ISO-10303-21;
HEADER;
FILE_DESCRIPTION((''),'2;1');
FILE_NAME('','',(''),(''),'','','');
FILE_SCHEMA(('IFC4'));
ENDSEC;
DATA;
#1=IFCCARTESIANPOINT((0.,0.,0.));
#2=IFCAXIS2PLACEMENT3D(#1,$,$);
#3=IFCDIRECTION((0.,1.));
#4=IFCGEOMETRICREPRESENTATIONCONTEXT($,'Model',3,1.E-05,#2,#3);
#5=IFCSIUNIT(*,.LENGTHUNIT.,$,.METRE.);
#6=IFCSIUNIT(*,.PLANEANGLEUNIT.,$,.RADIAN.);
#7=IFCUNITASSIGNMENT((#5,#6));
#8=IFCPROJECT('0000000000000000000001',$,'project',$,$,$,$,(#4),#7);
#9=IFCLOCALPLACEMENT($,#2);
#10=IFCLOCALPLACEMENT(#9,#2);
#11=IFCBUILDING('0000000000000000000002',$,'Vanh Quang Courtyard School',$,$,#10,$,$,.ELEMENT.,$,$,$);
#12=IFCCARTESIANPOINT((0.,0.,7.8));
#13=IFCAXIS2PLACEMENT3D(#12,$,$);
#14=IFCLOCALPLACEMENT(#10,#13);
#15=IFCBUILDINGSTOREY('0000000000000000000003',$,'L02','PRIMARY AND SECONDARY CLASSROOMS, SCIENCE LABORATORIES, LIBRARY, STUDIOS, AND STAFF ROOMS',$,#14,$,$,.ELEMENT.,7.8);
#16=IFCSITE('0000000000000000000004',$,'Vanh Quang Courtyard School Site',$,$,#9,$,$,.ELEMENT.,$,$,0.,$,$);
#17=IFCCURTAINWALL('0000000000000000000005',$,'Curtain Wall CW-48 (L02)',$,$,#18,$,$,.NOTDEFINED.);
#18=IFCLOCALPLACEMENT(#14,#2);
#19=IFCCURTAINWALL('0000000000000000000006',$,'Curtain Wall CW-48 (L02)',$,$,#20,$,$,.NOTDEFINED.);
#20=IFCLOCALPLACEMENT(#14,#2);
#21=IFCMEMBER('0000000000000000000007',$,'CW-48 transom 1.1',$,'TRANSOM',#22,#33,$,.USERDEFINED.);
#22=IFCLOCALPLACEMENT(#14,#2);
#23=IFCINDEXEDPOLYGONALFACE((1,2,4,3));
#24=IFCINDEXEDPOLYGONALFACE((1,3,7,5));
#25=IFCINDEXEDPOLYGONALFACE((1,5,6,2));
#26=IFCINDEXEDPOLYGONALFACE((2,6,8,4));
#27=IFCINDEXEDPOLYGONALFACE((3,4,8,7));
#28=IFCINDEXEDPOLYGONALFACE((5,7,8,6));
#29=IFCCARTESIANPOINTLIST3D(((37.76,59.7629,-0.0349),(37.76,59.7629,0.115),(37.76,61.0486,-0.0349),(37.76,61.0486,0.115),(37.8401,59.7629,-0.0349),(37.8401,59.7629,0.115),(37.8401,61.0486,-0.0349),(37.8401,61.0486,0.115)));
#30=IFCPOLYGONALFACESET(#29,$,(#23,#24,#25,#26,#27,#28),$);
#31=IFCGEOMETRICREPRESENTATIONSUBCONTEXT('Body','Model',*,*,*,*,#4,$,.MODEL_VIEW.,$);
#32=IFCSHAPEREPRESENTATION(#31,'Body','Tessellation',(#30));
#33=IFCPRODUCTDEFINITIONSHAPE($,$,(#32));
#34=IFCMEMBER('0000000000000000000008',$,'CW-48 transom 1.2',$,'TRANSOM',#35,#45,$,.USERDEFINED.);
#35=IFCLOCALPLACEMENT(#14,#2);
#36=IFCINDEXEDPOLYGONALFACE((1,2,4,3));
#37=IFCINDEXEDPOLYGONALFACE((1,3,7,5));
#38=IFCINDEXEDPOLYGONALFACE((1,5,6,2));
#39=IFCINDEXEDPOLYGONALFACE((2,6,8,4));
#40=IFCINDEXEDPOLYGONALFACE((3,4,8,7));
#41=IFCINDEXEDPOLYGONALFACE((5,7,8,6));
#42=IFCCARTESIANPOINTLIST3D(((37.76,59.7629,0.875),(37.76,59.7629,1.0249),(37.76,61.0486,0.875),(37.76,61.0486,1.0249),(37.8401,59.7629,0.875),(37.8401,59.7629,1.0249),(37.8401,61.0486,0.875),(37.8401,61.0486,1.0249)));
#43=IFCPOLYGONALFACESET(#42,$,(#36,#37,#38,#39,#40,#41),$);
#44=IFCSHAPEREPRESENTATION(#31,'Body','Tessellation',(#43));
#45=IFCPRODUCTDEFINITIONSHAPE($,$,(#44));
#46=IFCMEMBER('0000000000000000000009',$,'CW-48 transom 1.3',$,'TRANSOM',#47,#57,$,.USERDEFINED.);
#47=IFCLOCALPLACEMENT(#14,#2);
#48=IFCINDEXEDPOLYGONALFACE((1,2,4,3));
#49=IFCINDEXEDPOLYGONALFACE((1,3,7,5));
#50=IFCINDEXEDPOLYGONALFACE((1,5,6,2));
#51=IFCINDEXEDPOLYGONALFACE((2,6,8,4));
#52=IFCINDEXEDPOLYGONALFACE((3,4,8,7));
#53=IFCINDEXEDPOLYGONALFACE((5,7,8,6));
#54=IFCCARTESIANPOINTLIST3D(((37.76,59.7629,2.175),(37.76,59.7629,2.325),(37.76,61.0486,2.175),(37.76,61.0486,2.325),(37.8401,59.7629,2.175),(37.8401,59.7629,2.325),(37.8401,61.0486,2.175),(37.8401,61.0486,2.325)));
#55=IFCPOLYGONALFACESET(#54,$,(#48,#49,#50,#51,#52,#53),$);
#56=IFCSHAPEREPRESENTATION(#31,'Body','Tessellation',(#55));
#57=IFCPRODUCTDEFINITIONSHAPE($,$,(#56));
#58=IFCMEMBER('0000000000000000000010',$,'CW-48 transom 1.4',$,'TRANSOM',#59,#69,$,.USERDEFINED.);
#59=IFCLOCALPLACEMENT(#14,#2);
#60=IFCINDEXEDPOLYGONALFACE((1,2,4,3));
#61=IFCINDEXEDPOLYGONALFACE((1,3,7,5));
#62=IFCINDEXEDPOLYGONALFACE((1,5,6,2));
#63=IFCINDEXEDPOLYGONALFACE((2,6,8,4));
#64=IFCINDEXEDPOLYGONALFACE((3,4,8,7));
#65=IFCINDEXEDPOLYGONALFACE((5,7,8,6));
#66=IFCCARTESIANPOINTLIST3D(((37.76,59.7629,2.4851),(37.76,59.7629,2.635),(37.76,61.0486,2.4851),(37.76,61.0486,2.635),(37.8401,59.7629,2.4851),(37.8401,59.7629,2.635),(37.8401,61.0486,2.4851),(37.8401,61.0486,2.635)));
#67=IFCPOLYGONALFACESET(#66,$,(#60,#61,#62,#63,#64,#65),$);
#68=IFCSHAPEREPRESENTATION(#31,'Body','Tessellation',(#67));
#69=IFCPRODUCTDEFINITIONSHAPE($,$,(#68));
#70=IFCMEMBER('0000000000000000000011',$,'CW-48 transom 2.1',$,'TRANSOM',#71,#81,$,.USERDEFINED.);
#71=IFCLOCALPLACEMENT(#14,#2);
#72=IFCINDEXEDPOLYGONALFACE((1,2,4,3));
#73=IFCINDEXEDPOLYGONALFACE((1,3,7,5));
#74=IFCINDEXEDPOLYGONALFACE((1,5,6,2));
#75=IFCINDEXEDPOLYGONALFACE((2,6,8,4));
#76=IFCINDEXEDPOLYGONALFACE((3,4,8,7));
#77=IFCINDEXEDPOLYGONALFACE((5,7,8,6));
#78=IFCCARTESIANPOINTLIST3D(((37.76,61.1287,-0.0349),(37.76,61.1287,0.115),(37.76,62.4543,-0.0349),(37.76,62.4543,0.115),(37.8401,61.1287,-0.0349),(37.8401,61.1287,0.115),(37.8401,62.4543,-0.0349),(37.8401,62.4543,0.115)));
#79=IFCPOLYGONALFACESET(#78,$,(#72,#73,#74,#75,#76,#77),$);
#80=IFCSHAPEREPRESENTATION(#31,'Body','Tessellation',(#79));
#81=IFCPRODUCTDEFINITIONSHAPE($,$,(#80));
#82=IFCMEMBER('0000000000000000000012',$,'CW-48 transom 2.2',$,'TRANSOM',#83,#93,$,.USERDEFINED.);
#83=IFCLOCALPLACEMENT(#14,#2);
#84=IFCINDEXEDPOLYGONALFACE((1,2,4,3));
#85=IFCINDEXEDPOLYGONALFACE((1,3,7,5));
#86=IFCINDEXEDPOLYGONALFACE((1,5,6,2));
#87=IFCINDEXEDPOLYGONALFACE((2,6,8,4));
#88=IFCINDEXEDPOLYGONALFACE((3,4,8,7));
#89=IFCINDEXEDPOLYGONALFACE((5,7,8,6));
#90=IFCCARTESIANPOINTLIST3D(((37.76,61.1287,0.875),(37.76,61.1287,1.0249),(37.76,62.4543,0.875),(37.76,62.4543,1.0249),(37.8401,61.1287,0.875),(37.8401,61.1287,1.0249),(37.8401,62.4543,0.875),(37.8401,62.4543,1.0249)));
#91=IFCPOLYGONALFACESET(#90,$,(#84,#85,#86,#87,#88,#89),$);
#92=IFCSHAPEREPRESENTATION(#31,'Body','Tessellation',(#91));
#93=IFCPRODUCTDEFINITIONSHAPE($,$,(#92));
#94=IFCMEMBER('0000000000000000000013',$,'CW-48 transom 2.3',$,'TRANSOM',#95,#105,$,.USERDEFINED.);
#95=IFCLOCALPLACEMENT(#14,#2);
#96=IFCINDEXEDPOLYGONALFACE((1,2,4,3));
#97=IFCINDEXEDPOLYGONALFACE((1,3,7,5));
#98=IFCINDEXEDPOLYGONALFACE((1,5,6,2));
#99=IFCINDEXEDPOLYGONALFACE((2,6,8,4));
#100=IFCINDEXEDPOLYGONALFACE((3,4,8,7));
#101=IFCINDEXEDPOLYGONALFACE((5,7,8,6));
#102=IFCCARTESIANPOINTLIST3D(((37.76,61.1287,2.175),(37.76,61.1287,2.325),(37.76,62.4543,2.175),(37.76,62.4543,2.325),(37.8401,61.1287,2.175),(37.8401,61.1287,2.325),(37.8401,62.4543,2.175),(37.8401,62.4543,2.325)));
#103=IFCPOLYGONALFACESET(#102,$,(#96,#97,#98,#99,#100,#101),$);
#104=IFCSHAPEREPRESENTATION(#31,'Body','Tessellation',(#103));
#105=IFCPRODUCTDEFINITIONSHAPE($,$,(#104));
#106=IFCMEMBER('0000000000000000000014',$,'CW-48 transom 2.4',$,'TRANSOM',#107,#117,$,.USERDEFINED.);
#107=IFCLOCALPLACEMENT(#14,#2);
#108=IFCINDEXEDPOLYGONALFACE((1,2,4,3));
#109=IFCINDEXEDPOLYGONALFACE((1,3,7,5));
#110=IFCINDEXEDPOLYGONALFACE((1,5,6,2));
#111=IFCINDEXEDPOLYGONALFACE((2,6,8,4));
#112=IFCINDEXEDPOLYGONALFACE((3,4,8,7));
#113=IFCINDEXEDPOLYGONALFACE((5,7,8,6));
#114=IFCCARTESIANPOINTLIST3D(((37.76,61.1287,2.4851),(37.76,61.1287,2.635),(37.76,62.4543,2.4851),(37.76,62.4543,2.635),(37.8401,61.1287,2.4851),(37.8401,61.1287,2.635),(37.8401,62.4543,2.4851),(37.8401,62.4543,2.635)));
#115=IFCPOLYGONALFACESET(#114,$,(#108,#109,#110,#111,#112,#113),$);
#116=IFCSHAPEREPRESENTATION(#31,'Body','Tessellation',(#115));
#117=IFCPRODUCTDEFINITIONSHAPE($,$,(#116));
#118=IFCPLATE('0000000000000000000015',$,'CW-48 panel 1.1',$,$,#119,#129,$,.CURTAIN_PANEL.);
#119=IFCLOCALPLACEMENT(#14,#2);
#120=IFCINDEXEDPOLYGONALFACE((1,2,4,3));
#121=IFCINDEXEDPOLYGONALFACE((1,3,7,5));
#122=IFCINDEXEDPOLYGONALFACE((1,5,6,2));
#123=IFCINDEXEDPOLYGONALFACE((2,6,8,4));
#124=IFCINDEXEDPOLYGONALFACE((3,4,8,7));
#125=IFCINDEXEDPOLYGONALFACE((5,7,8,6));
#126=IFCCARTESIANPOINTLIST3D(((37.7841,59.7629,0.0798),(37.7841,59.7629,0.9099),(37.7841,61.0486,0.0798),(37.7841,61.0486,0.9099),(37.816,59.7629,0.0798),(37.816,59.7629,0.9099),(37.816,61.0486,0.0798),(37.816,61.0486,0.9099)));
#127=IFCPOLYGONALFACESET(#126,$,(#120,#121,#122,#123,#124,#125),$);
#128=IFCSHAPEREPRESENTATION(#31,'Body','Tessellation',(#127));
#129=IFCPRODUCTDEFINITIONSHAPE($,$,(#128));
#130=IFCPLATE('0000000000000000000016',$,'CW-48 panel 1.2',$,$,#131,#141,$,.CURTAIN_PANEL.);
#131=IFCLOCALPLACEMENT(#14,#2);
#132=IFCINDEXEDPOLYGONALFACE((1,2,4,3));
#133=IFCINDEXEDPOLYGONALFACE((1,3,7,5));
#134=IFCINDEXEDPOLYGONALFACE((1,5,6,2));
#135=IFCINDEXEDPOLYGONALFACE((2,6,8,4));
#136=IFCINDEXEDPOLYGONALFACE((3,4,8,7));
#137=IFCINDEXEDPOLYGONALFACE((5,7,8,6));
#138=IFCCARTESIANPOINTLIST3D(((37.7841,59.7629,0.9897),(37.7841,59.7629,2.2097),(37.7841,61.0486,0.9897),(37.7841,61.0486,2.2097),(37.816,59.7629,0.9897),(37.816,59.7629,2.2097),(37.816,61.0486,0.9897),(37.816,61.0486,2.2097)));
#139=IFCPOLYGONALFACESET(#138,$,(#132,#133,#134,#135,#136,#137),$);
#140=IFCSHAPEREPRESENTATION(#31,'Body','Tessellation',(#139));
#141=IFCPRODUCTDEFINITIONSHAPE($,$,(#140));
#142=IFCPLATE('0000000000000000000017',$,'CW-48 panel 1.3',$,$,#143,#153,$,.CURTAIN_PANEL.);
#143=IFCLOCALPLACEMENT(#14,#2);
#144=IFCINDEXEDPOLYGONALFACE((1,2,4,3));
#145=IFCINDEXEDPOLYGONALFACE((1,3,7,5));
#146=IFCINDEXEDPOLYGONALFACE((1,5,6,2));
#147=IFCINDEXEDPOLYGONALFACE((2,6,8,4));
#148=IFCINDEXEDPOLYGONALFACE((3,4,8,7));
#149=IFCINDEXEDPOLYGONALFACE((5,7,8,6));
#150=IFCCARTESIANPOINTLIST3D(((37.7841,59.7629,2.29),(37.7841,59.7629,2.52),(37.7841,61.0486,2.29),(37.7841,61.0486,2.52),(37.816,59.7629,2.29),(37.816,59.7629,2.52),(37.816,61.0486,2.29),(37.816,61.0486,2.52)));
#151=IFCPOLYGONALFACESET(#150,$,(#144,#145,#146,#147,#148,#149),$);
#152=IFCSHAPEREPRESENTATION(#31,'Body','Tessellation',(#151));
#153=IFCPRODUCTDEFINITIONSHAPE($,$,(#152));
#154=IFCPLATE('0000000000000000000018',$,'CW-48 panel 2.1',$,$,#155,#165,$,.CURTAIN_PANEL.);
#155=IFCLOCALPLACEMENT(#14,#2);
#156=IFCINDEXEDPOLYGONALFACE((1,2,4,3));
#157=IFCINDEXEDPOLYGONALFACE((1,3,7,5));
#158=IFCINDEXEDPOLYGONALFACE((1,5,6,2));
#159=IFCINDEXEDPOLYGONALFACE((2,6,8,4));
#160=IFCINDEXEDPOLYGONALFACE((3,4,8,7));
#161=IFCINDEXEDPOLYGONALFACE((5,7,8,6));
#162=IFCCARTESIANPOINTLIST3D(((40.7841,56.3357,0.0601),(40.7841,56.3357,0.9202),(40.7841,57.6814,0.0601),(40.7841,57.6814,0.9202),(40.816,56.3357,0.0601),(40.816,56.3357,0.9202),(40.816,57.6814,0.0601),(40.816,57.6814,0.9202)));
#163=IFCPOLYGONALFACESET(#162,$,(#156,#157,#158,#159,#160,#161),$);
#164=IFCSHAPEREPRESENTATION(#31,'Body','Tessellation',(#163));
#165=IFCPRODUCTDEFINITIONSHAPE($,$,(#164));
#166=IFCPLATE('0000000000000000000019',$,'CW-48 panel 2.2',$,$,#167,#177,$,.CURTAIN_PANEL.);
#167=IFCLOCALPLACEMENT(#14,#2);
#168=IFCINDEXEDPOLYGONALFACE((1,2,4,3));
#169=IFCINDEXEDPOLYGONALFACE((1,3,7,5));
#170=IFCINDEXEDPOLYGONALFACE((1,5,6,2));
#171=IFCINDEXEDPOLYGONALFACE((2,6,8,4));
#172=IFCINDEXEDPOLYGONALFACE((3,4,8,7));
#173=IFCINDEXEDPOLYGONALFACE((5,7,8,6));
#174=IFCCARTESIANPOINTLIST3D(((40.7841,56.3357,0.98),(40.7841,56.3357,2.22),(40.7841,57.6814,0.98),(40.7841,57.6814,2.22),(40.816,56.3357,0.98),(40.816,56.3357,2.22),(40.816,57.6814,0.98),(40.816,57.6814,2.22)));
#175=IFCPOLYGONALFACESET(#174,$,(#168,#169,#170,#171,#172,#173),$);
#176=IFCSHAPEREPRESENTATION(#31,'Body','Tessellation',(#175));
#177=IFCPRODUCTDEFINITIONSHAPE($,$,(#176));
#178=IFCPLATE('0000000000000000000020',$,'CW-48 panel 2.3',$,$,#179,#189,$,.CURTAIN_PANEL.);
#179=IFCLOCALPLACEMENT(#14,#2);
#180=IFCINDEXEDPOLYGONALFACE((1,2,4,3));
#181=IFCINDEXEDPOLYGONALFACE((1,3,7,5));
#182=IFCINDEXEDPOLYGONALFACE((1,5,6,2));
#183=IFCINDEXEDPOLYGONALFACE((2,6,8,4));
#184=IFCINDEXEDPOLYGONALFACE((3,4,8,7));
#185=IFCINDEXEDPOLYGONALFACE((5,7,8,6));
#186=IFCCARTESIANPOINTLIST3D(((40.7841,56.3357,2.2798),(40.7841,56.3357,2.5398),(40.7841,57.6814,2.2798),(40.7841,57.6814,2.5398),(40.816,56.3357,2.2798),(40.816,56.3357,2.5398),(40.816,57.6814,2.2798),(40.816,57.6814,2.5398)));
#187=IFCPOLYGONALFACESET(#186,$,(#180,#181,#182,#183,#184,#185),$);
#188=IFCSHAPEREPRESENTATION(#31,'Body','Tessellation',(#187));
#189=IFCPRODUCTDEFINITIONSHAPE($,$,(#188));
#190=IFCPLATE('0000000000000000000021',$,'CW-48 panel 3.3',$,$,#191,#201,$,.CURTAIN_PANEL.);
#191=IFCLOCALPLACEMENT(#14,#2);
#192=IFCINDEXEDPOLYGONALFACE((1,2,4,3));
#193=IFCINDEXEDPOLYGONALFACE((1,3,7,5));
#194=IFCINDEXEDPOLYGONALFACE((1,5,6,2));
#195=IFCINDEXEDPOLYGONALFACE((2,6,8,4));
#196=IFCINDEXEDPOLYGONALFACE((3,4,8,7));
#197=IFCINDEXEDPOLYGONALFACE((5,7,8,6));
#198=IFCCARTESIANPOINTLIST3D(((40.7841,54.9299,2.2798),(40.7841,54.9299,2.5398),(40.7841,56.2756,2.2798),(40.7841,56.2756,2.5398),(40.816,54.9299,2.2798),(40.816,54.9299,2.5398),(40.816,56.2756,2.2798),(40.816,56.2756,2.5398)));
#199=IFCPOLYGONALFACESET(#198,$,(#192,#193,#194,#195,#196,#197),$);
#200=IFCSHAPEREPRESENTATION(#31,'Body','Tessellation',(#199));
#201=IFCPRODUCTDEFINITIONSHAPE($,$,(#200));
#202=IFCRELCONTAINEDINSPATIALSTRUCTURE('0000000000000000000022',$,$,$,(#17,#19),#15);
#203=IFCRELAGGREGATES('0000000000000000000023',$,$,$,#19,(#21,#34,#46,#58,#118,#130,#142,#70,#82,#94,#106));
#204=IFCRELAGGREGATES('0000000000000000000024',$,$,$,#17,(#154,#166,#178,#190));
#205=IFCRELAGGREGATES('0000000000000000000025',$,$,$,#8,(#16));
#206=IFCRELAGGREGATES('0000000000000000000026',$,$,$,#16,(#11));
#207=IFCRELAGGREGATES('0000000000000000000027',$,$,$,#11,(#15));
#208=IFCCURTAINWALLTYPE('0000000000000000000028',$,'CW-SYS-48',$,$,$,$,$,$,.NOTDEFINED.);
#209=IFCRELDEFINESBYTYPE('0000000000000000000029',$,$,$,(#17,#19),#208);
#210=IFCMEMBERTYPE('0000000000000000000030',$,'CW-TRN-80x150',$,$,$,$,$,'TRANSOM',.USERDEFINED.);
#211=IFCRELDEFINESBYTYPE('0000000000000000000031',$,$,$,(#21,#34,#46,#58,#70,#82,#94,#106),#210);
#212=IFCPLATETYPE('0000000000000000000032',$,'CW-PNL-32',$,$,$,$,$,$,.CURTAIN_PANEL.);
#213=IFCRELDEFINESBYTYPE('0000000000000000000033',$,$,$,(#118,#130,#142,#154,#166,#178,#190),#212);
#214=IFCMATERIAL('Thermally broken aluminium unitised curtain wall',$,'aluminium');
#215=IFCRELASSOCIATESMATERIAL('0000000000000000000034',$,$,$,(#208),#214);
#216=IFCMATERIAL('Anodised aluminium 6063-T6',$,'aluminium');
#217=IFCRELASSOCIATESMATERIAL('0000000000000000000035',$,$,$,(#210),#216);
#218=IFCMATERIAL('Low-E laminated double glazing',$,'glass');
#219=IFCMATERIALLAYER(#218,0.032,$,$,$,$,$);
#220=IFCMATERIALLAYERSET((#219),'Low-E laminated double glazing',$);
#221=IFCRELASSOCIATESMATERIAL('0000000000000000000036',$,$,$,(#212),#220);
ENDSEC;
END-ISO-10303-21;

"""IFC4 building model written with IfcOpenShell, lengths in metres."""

from ifc_helpers import new_model, si_unit, direction, frame, origin, origin_2d, place, context, subcontext, project, spatial, rectangle, extrude, material, layer, layer_set, material_profile, profile_set, type_object, element, aggregate, save


model = new_model("IFC4")

# Units and contexts
model_context = context("Model", 3, precision=1e-05, world=origin(), true_north=direction((0.0, 1.0)))
body_context = subcontext(model_context, "Body", "Model", "MODEL_VIEW")
ifc_project = project(units=[si_unit("LENGTHUNIT", "METRE"), si_unit("PLANEANGLEUNIT", "RADIAN")], contexts=[model_context])

# Site, building, storey
site_placement = place(None, origin())
site = spatial("IfcSite", under=ifc_project, at=site_placement, Name="Vanh Quang Courtyard School Site", CompositionType="ELEMENT", RefElevation=0.0)
building_placement = place(site_placement, origin())
building = spatial("IfcBuilding", under=site, at=building_placement, Name="Vanh Quang Courtyard School", CompositionType="ELEMENT")
storey_placement = place(building_placement, frame((0.0, 0.0, 7.8)))
storey = spatial("IfcBuildingStorey", under=building, at=storey_placement, Name="L02", Description="PRIMARY AND SECONDARY CLASSROOMS, SCIENCE LABORATORIES, LIBRARY, STUDIOS, AND STAFF ROOMS", CompositionType="ELEMENT", Elevation=7.8)

# Curtain wall
ifc_material_1 = material(Name="Thermally broken aluminium unitised curtain wall", Category="aluminium")
curtain_wall_type = type_object("IfcCurtainWallType", Name="CW-SYS-48", PredefinedType="NOTDEFINED", material=ifc_material_1)
curtain_wall_1_placement = place(storey_placement, origin())
curtain_wall_1 = element("IfcCurtainWall", 1, at=curtain_wall_1_placement, inside=storey, type_object=curtain_wall_type, Name="Curtain Wall CW-48 (L02)", PredefinedType="NOTDEFINED")
ifc_material_2 = material(Name="Anodised aluminium 6063-T6", Category="aluminium")

# Curtain wall
curtain_wall_2_placement = place(storey_placement, origin())
curtain_wall_2 = element("IfcCurtainWall", 2, at=curtain_wall_2_placement, inside=storey, type_object=curtain_wall_type, Name="Curtain Wall CW-48 (L02)", PredefinedType="NOTDEFINED")

# Members
ifc_material_profile_1 = material_profile(ifc_material_2, rectangle(XDim=0.0801, YDim=0.1499, at=origin_2d()), Name="ALU-TRN 80x150")
ifc_profile_set_1 = profile_set([ifc_material_profile_1], Name="Anodised aluminium 6063-T6")
member_type_1 = type_object("IfcMemberType", Name="CW-TRN-80x150", ElementType="TRANSOM", PredefinedType="USERDEFINED", material=ifc_profile_set_1)
member_1_placement = place(storey_placement, frame((37.8, 59.7629, 0.04), z_axis=(0.0, 1.0, 0.0), x_axis=(-1.0, 0.0, 0.0)))
member_1 = element("IfcMember", 3, at=member_1_placement, type_object=member_type_1, Name="CW-48 transom 1.1", ObjectType="TRANSOM", PredefinedType="USERDEFINED", context=body_context, shape_type="SweptSolid", body=[
    extrude(rectangle(XDim=0.0801, YDim=0.1499, at=origin_2d()), origin(), (0.0, 0.0, 1.0), 1.2856),
])
member_2_placement = place(storey_placement, frame((37.8, 59.7629, 0.95), z_axis=(0.0, 1.0, 0.0), x_axis=(-1.0, 0.0, 0.0)))
member_2 = element("IfcMember", 4, at=member_2_placement, type_object=member_type_1, Name="CW-48 transom 1.2", ObjectType="TRANSOM", PredefinedType="USERDEFINED", context=body_context, shape_type="SweptSolid", body=[
    extrude(rectangle(XDim=0.0801, YDim=0.1499, at=origin_2d()), origin(), (0.0, 0.0, 1.0), 1.2856),
])
member_3_placement = place(storey_placement, frame((37.8, 59.7629, 2.25), z_axis=(0.0, 1.0, 0.0), x_axis=(-1.0, 0.0, 0.0)))
member_3 = element("IfcMember", 5, at=member_3_placement, type_object=member_type_1, Name="CW-48 transom 1.3", ObjectType="TRANSOM", PredefinedType="USERDEFINED", context=body_context, shape_type="SweptSolid", body=[
    extrude(rectangle(XDim=0.0801, YDim=0.1499, at=origin_2d()), origin(), (0.0, 0.0, 1.0), 1.2856),
])
member_4_placement = place(storey_placement, frame((37.8, 59.7629, 2.5601), z_axis=(0.0, 1.0, 0.0), x_axis=(-1.0, 0.0, 0.0)))
member_4 = element("IfcMember", 6, at=member_4_placement, type_object=member_type_1, Name="CW-48 transom 1.4", ObjectType="TRANSOM", PredefinedType="USERDEFINED", context=body_context, shape_type="SweptSolid", body=[
    extrude(rectangle(XDim=0.0801, YDim=0.1499, at=origin_2d()), origin(), (0.0, 0.0, 1.0), 1.2856),
])
member_5_placement = place(storey_placement, frame((37.8, 61.1287, 0.04), z_axis=(0.0, 1.0, 0.0), x_axis=(-1.0, 0.0, 0.0)))
member_5 = element("IfcMember", 7, at=member_5_placement, type_object=member_type_1, Name="CW-48 transom 2.1", ObjectType="TRANSOM", PredefinedType="USERDEFINED", context=body_context, shape_type="SweptSolid", body=[
    extrude(rectangle(XDim=0.0801, YDim=0.1499, at=origin_2d()), origin(), (0.0, 0.0, 1.0), 1.3257),
])
member_6_placement = place(storey_placement, frame((37.8, 61.1287, 0.95), z_axis=(0.0, 1.0, 0.0), x_axis=(-1.0, 0.0, 0.0)))
member_6 = element("IfcMember", 8, at=member_6_placement, type_object=member_type_1, Name="CW-48 transom 2.2", ObjectType="TRANSOM", PredefinedType="USERDEFINED", context=body_context, shape_type="SweptSolid", body=[
    extrude(rectangle(XDim=0.0801, YDim=0.1499, at=origin_2d()), origin(), (0.0, 0.0, 1.0), 1.3257),
])
member_7_placement = place(storey_placement, frame((37.8, 61.1287, 2.25), z_axis=(0.0, 1.0, 0.0), x_axis=(-1.0, 0.0, 0.0)))
member_7 = element("IfcMember", 9, at=member_7_placement, type_object=member_type_1, Name="CW-48 transom 2.3", ObjectType="TRANSOM", PredefinedType="USERDEFINED", context=body_context, shape_type="SweptSolid", body=[
    extrude(rectangle(XDim=0.0801, YDim=0.1499, at=origin_2d()), origin(), (0.0, 0.0, 1.0), 1.3257),
])
member_8_placement = place(storey_placement, frame((37.8, 61.1287, 2.5601), z_axis=(0.0, 1.0, 0.0), x_axis=(-1.0, 0.0, 0.0)))
member_8 = element("IfcMember", 10, at=member_8_placement, type_object=member_type_1, Name="CW-48 transom 2.4", ObjectType="TRANSOM", PredefinedType="USERDEFINED", context=body_context, shape_type="SweptSolid", body=[
    extrude(rectangle(XDim=0.0801, YDim=0.1499, at=origin_2d()), origin(), (0.0, 0.0, 1.0), 1.3257),
])

# Plates
ifc_material_3 = material(Name="Low-E laminated double glazing", Category="glass")
ifc_layer = layer(ifc_material_3, 0.032)
ifc_layer_set = layer_set([ifc_layer], Name="Low-E laminated double glazing")
plate_type = type_object("IfcPlateType", Name="CW-PNL-32", PredefinedType="CURTAIN_PANEL", material=ifc_layer_set)
plate_1_placement = place(storey_placement, frame((37.8, 60.4058, 0.0798), z_axis=(0.0, 0.0, 1.0), x_axis=(0.0, 1.0, 0.0)))
plate_1 = element("IfcPlate", 11, at=plate_1_placement, type_object=plate_type, Name="CW-48 panel 1.1", PredefinedType="CURTAIN_PANEL", context=body_context, shape_type="SweptSolid", body=[
    extrude(rectangle(XDim=1.2856, YDim=0.032, at=origin_2d()), origin(), (0.0, 0.0, 1.0), 0.8301),
])
plate_2_placement = place(storey_placement, frame((37.8, 60.4058, 0.9897), z_axis=(0.0, 0.0, 1.0), x_axis=(0.0, 1.0, 0.0)))
plate_2 = element("IfcPlate", 12, at=plate_2_placement, type_object=plate_type, Name="CW-48 panel 1.2", PredefinedType="CURTAIN_PANEL", context=body_context, shape_type="SweptSolid", body=[
    extrude(rectangle(XDim=1.2856, YDim=0.032, at=origin_2d()), origin(), (0.0, 0.0, 1.0), 1.22),
])
plate_3_placement = place(storey_placement, frame((37.8, 60.4058, 2.29), z_axis=(0.0, 0.0, 1.0), x_axis=(0.0, 1.0, 0.0)))
plate_3 = element("IfcPlate", 13, at=plate_3_placement, type_object=plate_type, Name="CW-48 panel 1.3", PredefinedType="CURTAIN_PANEL", context=body_context, shape_type="SweptSolid", body=[
    extrude(rectangle(XDim=1.2856, YDim=0.032, at=origin_2d()), origin(), (0.0, 0.0, 1.0), 0.23),
])
aggregate(curtain_wall_2, [member_1, member_2, member_3, member_4, plate_1, plate_2, plate_3, member_5, member_6, member_7, member_8])
plate_4_placement = place(storey_placement, frame((40.8, 57.0085, 0.0601), z_axis=(0.0, 0.0, 1.0), x_axis=(0.0, -1.0, 0.0)))
plate_4 = element("IfcPlate", 14, at=plate_4_placement, type_object=plate_type, Name="CW-48 panel 2.1", PredefinedType="CURTAIN_PANEL", context=body_context, shape_type="SweptSolid", body=[
    extrude(rectangle(XDim=1.3457, YDim=0.032, at=origin_2d()), origin(), (0.0, 0.0, 1.0), 0.8601),
])
plate_5_placement = place(storey_placement, frame((40.8, 57.0085, 0.98), z_axis=(0.0, 0.0, 1.0), x_axis=(0.0, -1.0, 0.0)))
plate_5 = element("IfcPlate", 15, at=plate_5_placement, type_object=plate_type, Name="CW-48 panel 2.2", PredefinedType="CURTAIN_PANEL", context=body_context, shape_type="SweptSolid", body=[
    extrude(rectangle(XDim=1.3457, YDim=0.032, at=origin_2d()), origin(), (0.0, 0.0, 1.0), 1.24),
])
plate_6_placement = place(storey_placement, frame((40.8, 57.0085, 2.2798), z_axis=(0.0, 0.0, 1.0), x_axis=(0.0, -1.0, 0.0)))
plate_6 = element("IfcPlate", 16, at=plate_6_placement, type_object=plate_type, Name="CW-48 panel 2.3", PredefinedType="CURTAIN_PANEL", context=body_context, shape_type="SweptSolid", body=[
    extrude(rectangle(XDim=1.3457, YDim=0.032, at=origin_2d()), origin(), (0.0, 0.0, 1.0), 0.26),
])
plate_7_placement = place(storey_placement, frame((40.8, 55.6028, 2.2798), z_axis=(0.0, 0.0, 1.0), x_axis=(0.0, -1.0, 0.0)))
plate_7 = element("IfcPlate", 17, at=plate_7_placement, type_object=plate_type, Name="CW-48 panel 3.3", PredefinedType="CURTAIN_PANEL", context=body_context, shape_type="SweptSolid", body=[
    extrude(rectangle(XDim=1.3457, YDim=0.032, at=origin_2d()), origin(), (0.0, 0.0, 1.0), 0.26),
])
aggregate(curtain_wall_1, [plate_4, plate_5, plate_6, plate_7])

save(model, "model.ifc")
